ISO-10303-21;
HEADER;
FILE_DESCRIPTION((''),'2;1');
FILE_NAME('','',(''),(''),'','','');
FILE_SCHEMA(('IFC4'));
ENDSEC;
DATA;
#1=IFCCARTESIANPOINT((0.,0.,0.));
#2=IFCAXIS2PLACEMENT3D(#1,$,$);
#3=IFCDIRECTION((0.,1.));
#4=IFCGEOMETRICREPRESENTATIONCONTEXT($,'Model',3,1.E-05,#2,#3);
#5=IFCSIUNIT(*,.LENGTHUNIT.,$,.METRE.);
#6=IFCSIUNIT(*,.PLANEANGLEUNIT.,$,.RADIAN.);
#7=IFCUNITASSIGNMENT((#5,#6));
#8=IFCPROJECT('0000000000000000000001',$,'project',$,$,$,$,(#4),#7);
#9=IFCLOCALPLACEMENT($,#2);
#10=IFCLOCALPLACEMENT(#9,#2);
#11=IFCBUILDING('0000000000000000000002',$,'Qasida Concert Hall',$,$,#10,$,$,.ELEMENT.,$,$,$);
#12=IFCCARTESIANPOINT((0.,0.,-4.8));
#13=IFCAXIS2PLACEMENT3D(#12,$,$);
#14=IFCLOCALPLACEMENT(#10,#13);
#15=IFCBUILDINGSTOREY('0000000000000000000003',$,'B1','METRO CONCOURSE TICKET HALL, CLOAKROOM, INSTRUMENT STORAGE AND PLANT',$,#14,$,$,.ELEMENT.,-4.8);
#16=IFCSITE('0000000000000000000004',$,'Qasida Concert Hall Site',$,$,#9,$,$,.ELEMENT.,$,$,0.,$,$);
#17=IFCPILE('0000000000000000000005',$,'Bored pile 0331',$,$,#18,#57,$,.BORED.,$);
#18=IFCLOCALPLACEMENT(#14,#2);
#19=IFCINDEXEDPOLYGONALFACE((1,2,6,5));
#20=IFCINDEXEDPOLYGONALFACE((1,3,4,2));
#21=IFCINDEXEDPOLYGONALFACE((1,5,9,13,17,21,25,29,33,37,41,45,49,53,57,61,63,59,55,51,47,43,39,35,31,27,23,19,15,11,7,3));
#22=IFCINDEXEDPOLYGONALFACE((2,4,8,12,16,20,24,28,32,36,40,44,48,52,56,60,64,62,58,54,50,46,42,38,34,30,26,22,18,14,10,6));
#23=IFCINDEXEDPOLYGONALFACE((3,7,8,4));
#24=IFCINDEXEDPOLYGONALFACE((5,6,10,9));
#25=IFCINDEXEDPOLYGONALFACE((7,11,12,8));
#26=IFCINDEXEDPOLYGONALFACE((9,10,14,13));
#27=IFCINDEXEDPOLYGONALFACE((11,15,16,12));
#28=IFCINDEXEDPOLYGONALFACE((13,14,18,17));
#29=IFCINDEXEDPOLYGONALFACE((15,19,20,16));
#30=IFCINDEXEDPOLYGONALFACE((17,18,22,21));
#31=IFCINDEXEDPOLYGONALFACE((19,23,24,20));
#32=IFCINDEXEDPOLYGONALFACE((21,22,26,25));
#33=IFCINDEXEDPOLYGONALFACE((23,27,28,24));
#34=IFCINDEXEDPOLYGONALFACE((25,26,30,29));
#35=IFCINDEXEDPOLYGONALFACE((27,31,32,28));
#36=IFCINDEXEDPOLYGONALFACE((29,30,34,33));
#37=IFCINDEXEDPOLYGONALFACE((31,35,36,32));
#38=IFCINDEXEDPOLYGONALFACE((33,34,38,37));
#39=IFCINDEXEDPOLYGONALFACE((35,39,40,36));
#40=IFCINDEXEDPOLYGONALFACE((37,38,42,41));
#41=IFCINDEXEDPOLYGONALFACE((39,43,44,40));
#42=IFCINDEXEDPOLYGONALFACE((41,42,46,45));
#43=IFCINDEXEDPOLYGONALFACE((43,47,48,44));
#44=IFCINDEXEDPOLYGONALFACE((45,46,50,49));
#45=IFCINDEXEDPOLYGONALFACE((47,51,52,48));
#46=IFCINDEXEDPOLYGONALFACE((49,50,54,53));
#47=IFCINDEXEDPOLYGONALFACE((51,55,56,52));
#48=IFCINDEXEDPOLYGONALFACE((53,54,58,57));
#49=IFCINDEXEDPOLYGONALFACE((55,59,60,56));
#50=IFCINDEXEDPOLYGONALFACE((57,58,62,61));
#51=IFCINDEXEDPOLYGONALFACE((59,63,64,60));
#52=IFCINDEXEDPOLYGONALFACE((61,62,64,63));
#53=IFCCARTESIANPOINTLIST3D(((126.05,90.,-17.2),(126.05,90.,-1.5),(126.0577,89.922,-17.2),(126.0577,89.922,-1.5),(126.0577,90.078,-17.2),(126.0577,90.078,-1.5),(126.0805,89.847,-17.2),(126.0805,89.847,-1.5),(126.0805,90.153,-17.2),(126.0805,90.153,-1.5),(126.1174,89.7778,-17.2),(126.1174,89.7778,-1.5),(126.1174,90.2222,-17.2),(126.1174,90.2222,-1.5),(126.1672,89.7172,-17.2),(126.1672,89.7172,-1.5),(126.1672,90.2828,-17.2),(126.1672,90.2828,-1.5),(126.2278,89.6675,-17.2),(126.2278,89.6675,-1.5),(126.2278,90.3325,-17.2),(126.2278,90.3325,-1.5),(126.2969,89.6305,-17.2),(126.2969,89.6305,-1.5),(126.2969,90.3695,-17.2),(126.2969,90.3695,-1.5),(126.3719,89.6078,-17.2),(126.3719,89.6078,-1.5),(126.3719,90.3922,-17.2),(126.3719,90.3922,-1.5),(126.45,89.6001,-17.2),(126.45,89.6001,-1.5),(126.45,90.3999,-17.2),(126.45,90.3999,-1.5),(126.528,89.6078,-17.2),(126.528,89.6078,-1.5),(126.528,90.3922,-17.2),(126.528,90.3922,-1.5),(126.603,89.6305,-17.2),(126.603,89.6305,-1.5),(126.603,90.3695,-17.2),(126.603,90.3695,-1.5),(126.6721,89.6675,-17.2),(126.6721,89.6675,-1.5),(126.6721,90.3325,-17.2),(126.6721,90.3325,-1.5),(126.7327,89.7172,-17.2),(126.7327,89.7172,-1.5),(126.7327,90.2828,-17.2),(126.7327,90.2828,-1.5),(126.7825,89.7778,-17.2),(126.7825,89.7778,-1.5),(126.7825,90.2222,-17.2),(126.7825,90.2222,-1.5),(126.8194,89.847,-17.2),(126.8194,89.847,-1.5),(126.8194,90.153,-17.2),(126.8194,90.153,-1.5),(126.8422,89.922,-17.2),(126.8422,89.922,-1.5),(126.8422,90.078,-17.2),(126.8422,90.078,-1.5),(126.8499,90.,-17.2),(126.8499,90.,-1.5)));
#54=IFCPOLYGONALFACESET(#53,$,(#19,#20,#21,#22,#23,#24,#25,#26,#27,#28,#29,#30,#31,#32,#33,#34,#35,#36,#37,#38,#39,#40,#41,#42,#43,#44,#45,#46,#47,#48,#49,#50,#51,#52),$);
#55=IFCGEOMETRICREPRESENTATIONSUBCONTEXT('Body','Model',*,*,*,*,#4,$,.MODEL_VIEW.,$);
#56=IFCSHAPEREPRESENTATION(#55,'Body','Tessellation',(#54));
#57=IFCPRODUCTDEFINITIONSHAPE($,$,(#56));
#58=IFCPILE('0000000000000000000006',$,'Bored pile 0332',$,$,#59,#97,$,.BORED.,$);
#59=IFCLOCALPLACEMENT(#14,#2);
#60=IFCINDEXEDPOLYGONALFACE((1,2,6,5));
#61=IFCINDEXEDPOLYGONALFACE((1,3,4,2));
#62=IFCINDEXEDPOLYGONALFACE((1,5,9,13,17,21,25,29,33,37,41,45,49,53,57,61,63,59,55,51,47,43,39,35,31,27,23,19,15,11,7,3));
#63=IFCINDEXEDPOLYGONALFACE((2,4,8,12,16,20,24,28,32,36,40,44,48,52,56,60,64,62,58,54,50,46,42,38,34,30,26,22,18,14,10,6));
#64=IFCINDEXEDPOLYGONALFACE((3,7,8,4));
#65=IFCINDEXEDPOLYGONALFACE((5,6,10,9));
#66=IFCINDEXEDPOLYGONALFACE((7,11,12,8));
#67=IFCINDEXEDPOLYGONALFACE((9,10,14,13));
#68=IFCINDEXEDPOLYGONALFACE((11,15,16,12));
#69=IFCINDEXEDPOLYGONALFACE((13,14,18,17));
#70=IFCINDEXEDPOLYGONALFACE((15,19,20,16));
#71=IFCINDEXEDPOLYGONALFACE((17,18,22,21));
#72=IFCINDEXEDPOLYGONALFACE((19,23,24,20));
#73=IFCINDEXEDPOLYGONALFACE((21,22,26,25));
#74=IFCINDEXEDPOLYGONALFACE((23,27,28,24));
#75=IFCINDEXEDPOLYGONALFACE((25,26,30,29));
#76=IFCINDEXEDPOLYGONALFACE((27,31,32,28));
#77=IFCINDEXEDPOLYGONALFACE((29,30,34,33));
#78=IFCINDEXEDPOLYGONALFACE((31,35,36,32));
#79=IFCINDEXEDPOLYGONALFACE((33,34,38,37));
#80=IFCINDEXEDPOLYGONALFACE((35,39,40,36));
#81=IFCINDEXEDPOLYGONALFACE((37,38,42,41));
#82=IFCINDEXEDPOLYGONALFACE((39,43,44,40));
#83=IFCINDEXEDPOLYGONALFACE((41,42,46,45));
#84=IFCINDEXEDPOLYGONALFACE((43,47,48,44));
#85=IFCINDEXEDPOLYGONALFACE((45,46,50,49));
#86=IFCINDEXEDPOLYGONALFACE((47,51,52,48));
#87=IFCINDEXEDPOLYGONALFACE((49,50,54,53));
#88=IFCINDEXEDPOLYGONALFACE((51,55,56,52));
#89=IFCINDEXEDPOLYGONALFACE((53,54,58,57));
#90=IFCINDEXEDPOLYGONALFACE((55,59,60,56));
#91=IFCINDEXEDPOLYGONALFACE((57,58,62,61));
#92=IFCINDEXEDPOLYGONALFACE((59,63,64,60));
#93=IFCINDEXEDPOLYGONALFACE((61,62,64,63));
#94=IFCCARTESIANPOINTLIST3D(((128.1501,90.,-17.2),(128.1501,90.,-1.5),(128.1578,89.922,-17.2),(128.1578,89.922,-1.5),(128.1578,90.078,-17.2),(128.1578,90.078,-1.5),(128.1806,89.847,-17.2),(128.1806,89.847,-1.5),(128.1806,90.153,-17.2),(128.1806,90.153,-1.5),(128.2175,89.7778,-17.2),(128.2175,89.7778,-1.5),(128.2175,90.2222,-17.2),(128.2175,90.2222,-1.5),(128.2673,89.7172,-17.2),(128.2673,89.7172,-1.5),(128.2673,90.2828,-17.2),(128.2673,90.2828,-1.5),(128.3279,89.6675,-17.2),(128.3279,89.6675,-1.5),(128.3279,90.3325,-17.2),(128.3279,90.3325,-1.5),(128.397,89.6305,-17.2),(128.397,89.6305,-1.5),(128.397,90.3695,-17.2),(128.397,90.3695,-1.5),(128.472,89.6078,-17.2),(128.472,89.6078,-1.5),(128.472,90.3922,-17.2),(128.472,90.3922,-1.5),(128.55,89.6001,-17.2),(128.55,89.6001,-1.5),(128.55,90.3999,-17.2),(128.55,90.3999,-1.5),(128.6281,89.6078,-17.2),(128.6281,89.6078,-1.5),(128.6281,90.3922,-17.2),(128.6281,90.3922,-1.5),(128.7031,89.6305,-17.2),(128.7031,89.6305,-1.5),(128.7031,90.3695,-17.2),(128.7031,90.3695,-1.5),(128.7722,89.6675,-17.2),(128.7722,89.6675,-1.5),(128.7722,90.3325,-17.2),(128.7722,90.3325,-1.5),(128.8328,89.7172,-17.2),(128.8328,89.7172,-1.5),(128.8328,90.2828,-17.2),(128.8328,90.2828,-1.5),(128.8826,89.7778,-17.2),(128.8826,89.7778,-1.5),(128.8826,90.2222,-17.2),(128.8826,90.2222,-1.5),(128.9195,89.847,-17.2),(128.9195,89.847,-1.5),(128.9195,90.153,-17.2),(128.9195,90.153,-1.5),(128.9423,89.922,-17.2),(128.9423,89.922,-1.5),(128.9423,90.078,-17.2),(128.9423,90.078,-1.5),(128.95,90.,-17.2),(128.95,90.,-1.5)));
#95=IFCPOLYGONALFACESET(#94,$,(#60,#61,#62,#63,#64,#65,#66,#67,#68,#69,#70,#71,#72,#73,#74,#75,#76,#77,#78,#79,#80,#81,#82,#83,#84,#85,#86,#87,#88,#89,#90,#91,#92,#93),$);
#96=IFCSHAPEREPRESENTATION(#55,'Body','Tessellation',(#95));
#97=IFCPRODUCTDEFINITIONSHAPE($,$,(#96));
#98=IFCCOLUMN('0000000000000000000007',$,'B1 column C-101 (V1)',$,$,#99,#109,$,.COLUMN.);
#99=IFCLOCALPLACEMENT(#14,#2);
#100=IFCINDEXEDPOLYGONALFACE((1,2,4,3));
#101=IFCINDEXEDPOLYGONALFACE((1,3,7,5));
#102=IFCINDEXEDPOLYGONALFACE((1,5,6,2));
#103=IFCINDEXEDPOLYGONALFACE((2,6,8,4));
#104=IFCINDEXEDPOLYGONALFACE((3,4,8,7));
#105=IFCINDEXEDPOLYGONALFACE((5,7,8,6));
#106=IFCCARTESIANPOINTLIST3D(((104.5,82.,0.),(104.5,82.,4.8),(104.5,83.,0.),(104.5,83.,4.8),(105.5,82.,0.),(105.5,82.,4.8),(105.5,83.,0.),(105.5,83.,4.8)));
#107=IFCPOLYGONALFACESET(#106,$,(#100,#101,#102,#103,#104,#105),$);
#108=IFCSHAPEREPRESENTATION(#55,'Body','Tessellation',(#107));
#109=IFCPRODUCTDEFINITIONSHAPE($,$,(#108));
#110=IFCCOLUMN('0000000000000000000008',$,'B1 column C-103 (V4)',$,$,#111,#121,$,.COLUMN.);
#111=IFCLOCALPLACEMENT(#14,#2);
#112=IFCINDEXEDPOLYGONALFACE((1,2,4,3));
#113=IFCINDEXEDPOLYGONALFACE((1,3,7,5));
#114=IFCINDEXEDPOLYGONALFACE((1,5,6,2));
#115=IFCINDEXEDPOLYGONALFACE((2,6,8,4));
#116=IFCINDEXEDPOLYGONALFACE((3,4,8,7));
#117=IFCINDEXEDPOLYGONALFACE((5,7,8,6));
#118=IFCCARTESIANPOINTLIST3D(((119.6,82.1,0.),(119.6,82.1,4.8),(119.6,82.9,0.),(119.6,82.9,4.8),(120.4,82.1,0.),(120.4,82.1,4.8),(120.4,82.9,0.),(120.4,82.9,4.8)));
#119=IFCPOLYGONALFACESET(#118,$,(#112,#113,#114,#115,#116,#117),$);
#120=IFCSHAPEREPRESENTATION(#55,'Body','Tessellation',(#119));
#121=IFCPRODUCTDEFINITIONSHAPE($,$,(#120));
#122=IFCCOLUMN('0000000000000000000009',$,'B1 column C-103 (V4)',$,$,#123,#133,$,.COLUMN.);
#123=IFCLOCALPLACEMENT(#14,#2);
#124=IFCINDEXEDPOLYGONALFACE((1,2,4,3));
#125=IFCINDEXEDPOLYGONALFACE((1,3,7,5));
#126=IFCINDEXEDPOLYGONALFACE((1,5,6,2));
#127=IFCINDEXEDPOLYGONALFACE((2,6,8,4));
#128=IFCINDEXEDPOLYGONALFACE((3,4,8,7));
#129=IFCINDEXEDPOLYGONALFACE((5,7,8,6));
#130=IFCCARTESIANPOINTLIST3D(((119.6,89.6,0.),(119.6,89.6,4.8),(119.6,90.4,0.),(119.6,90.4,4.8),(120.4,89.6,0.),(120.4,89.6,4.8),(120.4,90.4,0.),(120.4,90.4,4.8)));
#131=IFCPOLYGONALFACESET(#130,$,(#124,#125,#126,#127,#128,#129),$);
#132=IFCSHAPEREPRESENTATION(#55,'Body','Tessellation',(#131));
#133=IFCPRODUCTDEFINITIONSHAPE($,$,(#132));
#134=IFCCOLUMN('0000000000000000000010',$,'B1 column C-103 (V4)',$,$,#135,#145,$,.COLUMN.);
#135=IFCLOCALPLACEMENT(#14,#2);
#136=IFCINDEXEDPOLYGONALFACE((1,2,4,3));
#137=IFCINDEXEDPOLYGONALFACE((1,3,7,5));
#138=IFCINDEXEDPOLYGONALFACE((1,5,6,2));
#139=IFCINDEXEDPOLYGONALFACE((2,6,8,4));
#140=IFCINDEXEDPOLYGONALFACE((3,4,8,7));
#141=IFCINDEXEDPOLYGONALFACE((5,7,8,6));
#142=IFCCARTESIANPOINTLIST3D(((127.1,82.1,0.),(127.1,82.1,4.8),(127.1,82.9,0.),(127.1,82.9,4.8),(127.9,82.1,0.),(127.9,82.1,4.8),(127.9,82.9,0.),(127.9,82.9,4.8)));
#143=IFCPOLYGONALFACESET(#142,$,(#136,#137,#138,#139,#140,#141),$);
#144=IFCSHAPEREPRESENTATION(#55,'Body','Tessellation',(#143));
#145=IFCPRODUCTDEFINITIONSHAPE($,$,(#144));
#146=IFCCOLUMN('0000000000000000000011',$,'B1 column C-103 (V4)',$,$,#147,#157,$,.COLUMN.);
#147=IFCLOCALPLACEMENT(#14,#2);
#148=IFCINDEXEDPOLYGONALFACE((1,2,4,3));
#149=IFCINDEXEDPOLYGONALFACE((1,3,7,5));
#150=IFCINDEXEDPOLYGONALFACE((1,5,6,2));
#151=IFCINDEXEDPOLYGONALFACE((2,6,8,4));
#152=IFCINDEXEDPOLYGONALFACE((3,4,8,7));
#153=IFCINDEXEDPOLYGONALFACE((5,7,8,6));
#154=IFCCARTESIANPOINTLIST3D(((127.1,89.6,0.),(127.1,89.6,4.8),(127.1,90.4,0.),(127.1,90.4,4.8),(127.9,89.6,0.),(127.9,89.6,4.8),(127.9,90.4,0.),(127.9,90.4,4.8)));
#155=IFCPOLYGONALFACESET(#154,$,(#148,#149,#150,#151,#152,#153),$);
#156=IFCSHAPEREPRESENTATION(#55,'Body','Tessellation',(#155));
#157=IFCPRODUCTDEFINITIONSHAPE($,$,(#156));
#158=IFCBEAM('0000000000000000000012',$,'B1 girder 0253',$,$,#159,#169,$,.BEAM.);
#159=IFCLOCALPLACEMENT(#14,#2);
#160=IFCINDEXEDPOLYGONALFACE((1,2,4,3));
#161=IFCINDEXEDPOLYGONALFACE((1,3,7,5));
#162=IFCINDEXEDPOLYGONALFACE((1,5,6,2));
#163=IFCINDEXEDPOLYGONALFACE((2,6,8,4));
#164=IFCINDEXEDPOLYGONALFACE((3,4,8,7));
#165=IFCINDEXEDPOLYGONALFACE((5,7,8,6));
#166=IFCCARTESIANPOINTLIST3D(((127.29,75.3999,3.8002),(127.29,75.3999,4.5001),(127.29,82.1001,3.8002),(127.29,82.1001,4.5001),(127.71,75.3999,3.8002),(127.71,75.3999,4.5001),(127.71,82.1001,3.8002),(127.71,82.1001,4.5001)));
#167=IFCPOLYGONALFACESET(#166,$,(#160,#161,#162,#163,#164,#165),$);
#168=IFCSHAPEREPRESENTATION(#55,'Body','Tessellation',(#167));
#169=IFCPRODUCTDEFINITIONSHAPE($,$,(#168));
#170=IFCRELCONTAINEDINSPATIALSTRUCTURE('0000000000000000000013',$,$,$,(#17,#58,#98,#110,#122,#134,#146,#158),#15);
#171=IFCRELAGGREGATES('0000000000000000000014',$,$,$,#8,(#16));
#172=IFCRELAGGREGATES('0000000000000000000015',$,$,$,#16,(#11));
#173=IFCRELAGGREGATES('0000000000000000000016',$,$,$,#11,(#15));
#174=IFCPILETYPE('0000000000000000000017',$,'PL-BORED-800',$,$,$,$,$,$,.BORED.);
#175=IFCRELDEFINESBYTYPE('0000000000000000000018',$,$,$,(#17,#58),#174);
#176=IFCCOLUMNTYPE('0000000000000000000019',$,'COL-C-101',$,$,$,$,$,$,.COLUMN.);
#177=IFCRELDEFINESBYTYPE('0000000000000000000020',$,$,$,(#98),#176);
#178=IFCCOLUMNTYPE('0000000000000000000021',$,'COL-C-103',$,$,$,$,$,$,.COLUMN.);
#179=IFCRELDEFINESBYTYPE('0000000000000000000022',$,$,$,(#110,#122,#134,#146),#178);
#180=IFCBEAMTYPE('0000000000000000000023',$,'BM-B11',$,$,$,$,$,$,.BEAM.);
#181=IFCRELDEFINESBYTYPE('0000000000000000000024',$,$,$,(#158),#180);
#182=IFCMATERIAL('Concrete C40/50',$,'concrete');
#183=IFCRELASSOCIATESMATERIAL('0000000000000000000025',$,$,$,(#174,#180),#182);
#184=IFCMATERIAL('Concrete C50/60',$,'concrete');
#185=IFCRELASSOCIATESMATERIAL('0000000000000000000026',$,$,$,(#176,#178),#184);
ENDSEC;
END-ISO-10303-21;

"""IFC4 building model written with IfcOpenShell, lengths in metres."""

from ifc_helpers import new_model, si_unit, direction, frame, origin, origin_2d, place, context, subcontext, project, spatial, rectangle, circle, extrude, material, material_profile, profile_set, type_object, element, save


model = new_model("IFC4")

# Units and contexts
model_context = context("Model", 3, precision=1e-05, world=origin(), true_north=direction((0.0, 1.0)))
body_context = subcontext(model_context, "Body", "Model", "MODEL_VIEW")
ifc_project = project(units=[si_unit("LENGTHUNIT", "METRE"), si_unit("PLANEANGLEUNIT", "RADIAN")], contexts=[model_context])

# Site, building, storey
site_placement = place(None, origin())
site = spatial("IfcSite", under=ifc_project, at=site_placement, Name="Qasida Concert Hall Site", CompositionType="ELEMENT", RefElevation=0.0)
building_placement = place(site_placement, origin())
building = spatial("IfcBuilding", under=site, at=building_placement, Name="Qasida Concert Hall", CompositionType="ELEMENT")
storey_placement = place(building_placement, frame((0.0, 0.0, -4.8)))
storey = spatial("IfcBuildingStorey", under=building, at=storey_placement, Name="B1", Description="METRO CONCOURSE TICKET HALL, CLOAKROOM, INSTRUMENT STORAGE AND PLANT", CompositionType="ELEMENT", Elevation=-4.8)

# Shared definitions
ifc_material_1 = material(Name="Concrete C40/50", Category="concrete")

# Piles
ifc_material_profile_1 = material_profile(ifc_material_1, circle(Radius=0.3999, at=origin_2d()), Name="BORED PILE D800")
ifc_profile_set_1 = profile_set([ifc_material_profile_1], Name="Concrete C40/50")
pile_type_1 = type_object("IfcPileType", Name="PL-BORED-800", PredefinedType="BORED", material=ifc_profile_set_1)
for number, where, z_axis, x_axis, name in (
    (1, (126.45, 90.0, -1.5), (0.0, 0.0, -1.0), (1.0, 0.0, 0.0), "Bored pile 0331"),
    (2, (128.55, 90.0, -1.5), (0.0, 0.0, -1.0), (1.0, 0.0, 0.0), "Bored pile 0332"),
):
    element("IfcPile", number, at=place(storey_placement, frame(where, z_axis=z_axis, x_axis=x_axis)), inside=storey, type_object=pile_type_1, Name=name, PredefinedType="BORED", context=body_context, shape_type="SweptSolid", body=[
        extrude(circle(Radius=0.3999, at=origin_2d()), origin(), (0.0, 0.0, 1.0), 15.7),
    ])

# Columns
ifc_material_2 = material(Name="Concrete C50/60", Category="concrete")
ifc_material_profile_2 = material_profile(ifc_material_2, rectangle(XDim=1.0, YDim=1.0, at=origin_2d()), Name="RC 1000x1000")
ifc_profile_set_2 = profile_set([ifc_material_profile_2], Name="Concrete C50/60")
column_type_1 = type_object("IfcColumnType", Name="COL-C-101", PredefinedType="COLUMN", material=ifc_profile_set_2)
column_placement = place(storey_placement, frame((105.0, 82.5, 0.0), z_axis=(0.0, 0.0, 1.0), x_axis=(1.0, 0.0, 0.0)))
element("IfcColumn", 3, at=column_placement, inside=storey, type_object=column_type_1, Name="B1 column C-101 (V1)", PredefinedType="COLUMN", context=body_context, shape_type="SweptSolid", body=[
    extrude(rectangle(XDim=1.0, YDim=1.0, at=origin_2d()), origin(), (0.0, 0.0, 1.0), 4.8),
])
ifc_material_profile_3 = material_profile(ifc_material_2, rectangle(XDim=0.8, YDim=0.8, at=origin_2d()), Name="RC 800x800")
ifc_profile_set_3 = profile_set([ifc_material_profile_3], Name="Concrete C50/60")
column_type_2 = type_object("IfcColumnType", Name="COL-C-103", PredefinedType="COLUMN", material=ifc_profile_set_3)
for number, where, z_axis, x_axis, name in (
    (4, (120.0, 82.5, 0.0), (0.0, 0.0, 1.0), (1.0, 0.0, 0.0), "B1 column C-103 (V4)"),
    (5, (120.0, 90.0, 0.0), (0.0, 0.0, 1.0), (1.0, 0.0, 0.0), "B1 column C-103 (V4)"),
    (6, (127.5, 82.5, 0.0), (0.0, 0.0, 1.0), (1.0, 0.0, 0.0), "B1 column C-103 (V4)"),
    (7, (127.5, 90.0, 0.0), (0.0, 0.0, 1.0), (1.0, 0.0, 0.0), "B1 column C-103 (V4)"),
):
    element("IfcColumn", number, at=place(storey_placement, frame(where, z_axis=z_axis, x_axis=x_axis)), inside=storey, type_object=column_type_2, Name=name, PredefinedType="COLUMN", context=body_context, shape_type="SweptSolid", body=[
        extrude(rectangle(XDim=0.8, YDim=0.8, at=origin_2d()), origin(), (0.0, 0.0, 1.0), 4.8),
    ])

# Beam
ifc_material_profile_4 = material_profile(ifc_material_1, rectangle(XDim=0.4199, YDim=0.7, at=origin_2d()), Name="RC 420x700")
ifc_profile_set_4 = profile_set([ifc_material_profile_4], Name="Concrete C40/50")
beam_type_1 = type_object("IfcBeamType", Name="BM-B11", PredefinedType="BEAM", material=ifc_profile_set_4)
beam_1_placement = place(storey_placement, frame((127.5, 75.3999, 4.1501), z_axis=(0.0, 1.0, 0.0), x_axis=(-1.0, 0.0, 0.0)))
element("IfcBeam", 8, at=beam_1_placement, inside=storey, type_object=beam_type_1, Name="B1 girder 0253", PredefinedType="BEAM", context=body_context, shape_type="SweptSolid", body=[
    extrude(rectangle(XDim=0.4199, YDim=0.7, at=origin_2d()), origin(), (0.0, 0.0, 1.0), 6.7002),
])

save(model, "model.ifc")
